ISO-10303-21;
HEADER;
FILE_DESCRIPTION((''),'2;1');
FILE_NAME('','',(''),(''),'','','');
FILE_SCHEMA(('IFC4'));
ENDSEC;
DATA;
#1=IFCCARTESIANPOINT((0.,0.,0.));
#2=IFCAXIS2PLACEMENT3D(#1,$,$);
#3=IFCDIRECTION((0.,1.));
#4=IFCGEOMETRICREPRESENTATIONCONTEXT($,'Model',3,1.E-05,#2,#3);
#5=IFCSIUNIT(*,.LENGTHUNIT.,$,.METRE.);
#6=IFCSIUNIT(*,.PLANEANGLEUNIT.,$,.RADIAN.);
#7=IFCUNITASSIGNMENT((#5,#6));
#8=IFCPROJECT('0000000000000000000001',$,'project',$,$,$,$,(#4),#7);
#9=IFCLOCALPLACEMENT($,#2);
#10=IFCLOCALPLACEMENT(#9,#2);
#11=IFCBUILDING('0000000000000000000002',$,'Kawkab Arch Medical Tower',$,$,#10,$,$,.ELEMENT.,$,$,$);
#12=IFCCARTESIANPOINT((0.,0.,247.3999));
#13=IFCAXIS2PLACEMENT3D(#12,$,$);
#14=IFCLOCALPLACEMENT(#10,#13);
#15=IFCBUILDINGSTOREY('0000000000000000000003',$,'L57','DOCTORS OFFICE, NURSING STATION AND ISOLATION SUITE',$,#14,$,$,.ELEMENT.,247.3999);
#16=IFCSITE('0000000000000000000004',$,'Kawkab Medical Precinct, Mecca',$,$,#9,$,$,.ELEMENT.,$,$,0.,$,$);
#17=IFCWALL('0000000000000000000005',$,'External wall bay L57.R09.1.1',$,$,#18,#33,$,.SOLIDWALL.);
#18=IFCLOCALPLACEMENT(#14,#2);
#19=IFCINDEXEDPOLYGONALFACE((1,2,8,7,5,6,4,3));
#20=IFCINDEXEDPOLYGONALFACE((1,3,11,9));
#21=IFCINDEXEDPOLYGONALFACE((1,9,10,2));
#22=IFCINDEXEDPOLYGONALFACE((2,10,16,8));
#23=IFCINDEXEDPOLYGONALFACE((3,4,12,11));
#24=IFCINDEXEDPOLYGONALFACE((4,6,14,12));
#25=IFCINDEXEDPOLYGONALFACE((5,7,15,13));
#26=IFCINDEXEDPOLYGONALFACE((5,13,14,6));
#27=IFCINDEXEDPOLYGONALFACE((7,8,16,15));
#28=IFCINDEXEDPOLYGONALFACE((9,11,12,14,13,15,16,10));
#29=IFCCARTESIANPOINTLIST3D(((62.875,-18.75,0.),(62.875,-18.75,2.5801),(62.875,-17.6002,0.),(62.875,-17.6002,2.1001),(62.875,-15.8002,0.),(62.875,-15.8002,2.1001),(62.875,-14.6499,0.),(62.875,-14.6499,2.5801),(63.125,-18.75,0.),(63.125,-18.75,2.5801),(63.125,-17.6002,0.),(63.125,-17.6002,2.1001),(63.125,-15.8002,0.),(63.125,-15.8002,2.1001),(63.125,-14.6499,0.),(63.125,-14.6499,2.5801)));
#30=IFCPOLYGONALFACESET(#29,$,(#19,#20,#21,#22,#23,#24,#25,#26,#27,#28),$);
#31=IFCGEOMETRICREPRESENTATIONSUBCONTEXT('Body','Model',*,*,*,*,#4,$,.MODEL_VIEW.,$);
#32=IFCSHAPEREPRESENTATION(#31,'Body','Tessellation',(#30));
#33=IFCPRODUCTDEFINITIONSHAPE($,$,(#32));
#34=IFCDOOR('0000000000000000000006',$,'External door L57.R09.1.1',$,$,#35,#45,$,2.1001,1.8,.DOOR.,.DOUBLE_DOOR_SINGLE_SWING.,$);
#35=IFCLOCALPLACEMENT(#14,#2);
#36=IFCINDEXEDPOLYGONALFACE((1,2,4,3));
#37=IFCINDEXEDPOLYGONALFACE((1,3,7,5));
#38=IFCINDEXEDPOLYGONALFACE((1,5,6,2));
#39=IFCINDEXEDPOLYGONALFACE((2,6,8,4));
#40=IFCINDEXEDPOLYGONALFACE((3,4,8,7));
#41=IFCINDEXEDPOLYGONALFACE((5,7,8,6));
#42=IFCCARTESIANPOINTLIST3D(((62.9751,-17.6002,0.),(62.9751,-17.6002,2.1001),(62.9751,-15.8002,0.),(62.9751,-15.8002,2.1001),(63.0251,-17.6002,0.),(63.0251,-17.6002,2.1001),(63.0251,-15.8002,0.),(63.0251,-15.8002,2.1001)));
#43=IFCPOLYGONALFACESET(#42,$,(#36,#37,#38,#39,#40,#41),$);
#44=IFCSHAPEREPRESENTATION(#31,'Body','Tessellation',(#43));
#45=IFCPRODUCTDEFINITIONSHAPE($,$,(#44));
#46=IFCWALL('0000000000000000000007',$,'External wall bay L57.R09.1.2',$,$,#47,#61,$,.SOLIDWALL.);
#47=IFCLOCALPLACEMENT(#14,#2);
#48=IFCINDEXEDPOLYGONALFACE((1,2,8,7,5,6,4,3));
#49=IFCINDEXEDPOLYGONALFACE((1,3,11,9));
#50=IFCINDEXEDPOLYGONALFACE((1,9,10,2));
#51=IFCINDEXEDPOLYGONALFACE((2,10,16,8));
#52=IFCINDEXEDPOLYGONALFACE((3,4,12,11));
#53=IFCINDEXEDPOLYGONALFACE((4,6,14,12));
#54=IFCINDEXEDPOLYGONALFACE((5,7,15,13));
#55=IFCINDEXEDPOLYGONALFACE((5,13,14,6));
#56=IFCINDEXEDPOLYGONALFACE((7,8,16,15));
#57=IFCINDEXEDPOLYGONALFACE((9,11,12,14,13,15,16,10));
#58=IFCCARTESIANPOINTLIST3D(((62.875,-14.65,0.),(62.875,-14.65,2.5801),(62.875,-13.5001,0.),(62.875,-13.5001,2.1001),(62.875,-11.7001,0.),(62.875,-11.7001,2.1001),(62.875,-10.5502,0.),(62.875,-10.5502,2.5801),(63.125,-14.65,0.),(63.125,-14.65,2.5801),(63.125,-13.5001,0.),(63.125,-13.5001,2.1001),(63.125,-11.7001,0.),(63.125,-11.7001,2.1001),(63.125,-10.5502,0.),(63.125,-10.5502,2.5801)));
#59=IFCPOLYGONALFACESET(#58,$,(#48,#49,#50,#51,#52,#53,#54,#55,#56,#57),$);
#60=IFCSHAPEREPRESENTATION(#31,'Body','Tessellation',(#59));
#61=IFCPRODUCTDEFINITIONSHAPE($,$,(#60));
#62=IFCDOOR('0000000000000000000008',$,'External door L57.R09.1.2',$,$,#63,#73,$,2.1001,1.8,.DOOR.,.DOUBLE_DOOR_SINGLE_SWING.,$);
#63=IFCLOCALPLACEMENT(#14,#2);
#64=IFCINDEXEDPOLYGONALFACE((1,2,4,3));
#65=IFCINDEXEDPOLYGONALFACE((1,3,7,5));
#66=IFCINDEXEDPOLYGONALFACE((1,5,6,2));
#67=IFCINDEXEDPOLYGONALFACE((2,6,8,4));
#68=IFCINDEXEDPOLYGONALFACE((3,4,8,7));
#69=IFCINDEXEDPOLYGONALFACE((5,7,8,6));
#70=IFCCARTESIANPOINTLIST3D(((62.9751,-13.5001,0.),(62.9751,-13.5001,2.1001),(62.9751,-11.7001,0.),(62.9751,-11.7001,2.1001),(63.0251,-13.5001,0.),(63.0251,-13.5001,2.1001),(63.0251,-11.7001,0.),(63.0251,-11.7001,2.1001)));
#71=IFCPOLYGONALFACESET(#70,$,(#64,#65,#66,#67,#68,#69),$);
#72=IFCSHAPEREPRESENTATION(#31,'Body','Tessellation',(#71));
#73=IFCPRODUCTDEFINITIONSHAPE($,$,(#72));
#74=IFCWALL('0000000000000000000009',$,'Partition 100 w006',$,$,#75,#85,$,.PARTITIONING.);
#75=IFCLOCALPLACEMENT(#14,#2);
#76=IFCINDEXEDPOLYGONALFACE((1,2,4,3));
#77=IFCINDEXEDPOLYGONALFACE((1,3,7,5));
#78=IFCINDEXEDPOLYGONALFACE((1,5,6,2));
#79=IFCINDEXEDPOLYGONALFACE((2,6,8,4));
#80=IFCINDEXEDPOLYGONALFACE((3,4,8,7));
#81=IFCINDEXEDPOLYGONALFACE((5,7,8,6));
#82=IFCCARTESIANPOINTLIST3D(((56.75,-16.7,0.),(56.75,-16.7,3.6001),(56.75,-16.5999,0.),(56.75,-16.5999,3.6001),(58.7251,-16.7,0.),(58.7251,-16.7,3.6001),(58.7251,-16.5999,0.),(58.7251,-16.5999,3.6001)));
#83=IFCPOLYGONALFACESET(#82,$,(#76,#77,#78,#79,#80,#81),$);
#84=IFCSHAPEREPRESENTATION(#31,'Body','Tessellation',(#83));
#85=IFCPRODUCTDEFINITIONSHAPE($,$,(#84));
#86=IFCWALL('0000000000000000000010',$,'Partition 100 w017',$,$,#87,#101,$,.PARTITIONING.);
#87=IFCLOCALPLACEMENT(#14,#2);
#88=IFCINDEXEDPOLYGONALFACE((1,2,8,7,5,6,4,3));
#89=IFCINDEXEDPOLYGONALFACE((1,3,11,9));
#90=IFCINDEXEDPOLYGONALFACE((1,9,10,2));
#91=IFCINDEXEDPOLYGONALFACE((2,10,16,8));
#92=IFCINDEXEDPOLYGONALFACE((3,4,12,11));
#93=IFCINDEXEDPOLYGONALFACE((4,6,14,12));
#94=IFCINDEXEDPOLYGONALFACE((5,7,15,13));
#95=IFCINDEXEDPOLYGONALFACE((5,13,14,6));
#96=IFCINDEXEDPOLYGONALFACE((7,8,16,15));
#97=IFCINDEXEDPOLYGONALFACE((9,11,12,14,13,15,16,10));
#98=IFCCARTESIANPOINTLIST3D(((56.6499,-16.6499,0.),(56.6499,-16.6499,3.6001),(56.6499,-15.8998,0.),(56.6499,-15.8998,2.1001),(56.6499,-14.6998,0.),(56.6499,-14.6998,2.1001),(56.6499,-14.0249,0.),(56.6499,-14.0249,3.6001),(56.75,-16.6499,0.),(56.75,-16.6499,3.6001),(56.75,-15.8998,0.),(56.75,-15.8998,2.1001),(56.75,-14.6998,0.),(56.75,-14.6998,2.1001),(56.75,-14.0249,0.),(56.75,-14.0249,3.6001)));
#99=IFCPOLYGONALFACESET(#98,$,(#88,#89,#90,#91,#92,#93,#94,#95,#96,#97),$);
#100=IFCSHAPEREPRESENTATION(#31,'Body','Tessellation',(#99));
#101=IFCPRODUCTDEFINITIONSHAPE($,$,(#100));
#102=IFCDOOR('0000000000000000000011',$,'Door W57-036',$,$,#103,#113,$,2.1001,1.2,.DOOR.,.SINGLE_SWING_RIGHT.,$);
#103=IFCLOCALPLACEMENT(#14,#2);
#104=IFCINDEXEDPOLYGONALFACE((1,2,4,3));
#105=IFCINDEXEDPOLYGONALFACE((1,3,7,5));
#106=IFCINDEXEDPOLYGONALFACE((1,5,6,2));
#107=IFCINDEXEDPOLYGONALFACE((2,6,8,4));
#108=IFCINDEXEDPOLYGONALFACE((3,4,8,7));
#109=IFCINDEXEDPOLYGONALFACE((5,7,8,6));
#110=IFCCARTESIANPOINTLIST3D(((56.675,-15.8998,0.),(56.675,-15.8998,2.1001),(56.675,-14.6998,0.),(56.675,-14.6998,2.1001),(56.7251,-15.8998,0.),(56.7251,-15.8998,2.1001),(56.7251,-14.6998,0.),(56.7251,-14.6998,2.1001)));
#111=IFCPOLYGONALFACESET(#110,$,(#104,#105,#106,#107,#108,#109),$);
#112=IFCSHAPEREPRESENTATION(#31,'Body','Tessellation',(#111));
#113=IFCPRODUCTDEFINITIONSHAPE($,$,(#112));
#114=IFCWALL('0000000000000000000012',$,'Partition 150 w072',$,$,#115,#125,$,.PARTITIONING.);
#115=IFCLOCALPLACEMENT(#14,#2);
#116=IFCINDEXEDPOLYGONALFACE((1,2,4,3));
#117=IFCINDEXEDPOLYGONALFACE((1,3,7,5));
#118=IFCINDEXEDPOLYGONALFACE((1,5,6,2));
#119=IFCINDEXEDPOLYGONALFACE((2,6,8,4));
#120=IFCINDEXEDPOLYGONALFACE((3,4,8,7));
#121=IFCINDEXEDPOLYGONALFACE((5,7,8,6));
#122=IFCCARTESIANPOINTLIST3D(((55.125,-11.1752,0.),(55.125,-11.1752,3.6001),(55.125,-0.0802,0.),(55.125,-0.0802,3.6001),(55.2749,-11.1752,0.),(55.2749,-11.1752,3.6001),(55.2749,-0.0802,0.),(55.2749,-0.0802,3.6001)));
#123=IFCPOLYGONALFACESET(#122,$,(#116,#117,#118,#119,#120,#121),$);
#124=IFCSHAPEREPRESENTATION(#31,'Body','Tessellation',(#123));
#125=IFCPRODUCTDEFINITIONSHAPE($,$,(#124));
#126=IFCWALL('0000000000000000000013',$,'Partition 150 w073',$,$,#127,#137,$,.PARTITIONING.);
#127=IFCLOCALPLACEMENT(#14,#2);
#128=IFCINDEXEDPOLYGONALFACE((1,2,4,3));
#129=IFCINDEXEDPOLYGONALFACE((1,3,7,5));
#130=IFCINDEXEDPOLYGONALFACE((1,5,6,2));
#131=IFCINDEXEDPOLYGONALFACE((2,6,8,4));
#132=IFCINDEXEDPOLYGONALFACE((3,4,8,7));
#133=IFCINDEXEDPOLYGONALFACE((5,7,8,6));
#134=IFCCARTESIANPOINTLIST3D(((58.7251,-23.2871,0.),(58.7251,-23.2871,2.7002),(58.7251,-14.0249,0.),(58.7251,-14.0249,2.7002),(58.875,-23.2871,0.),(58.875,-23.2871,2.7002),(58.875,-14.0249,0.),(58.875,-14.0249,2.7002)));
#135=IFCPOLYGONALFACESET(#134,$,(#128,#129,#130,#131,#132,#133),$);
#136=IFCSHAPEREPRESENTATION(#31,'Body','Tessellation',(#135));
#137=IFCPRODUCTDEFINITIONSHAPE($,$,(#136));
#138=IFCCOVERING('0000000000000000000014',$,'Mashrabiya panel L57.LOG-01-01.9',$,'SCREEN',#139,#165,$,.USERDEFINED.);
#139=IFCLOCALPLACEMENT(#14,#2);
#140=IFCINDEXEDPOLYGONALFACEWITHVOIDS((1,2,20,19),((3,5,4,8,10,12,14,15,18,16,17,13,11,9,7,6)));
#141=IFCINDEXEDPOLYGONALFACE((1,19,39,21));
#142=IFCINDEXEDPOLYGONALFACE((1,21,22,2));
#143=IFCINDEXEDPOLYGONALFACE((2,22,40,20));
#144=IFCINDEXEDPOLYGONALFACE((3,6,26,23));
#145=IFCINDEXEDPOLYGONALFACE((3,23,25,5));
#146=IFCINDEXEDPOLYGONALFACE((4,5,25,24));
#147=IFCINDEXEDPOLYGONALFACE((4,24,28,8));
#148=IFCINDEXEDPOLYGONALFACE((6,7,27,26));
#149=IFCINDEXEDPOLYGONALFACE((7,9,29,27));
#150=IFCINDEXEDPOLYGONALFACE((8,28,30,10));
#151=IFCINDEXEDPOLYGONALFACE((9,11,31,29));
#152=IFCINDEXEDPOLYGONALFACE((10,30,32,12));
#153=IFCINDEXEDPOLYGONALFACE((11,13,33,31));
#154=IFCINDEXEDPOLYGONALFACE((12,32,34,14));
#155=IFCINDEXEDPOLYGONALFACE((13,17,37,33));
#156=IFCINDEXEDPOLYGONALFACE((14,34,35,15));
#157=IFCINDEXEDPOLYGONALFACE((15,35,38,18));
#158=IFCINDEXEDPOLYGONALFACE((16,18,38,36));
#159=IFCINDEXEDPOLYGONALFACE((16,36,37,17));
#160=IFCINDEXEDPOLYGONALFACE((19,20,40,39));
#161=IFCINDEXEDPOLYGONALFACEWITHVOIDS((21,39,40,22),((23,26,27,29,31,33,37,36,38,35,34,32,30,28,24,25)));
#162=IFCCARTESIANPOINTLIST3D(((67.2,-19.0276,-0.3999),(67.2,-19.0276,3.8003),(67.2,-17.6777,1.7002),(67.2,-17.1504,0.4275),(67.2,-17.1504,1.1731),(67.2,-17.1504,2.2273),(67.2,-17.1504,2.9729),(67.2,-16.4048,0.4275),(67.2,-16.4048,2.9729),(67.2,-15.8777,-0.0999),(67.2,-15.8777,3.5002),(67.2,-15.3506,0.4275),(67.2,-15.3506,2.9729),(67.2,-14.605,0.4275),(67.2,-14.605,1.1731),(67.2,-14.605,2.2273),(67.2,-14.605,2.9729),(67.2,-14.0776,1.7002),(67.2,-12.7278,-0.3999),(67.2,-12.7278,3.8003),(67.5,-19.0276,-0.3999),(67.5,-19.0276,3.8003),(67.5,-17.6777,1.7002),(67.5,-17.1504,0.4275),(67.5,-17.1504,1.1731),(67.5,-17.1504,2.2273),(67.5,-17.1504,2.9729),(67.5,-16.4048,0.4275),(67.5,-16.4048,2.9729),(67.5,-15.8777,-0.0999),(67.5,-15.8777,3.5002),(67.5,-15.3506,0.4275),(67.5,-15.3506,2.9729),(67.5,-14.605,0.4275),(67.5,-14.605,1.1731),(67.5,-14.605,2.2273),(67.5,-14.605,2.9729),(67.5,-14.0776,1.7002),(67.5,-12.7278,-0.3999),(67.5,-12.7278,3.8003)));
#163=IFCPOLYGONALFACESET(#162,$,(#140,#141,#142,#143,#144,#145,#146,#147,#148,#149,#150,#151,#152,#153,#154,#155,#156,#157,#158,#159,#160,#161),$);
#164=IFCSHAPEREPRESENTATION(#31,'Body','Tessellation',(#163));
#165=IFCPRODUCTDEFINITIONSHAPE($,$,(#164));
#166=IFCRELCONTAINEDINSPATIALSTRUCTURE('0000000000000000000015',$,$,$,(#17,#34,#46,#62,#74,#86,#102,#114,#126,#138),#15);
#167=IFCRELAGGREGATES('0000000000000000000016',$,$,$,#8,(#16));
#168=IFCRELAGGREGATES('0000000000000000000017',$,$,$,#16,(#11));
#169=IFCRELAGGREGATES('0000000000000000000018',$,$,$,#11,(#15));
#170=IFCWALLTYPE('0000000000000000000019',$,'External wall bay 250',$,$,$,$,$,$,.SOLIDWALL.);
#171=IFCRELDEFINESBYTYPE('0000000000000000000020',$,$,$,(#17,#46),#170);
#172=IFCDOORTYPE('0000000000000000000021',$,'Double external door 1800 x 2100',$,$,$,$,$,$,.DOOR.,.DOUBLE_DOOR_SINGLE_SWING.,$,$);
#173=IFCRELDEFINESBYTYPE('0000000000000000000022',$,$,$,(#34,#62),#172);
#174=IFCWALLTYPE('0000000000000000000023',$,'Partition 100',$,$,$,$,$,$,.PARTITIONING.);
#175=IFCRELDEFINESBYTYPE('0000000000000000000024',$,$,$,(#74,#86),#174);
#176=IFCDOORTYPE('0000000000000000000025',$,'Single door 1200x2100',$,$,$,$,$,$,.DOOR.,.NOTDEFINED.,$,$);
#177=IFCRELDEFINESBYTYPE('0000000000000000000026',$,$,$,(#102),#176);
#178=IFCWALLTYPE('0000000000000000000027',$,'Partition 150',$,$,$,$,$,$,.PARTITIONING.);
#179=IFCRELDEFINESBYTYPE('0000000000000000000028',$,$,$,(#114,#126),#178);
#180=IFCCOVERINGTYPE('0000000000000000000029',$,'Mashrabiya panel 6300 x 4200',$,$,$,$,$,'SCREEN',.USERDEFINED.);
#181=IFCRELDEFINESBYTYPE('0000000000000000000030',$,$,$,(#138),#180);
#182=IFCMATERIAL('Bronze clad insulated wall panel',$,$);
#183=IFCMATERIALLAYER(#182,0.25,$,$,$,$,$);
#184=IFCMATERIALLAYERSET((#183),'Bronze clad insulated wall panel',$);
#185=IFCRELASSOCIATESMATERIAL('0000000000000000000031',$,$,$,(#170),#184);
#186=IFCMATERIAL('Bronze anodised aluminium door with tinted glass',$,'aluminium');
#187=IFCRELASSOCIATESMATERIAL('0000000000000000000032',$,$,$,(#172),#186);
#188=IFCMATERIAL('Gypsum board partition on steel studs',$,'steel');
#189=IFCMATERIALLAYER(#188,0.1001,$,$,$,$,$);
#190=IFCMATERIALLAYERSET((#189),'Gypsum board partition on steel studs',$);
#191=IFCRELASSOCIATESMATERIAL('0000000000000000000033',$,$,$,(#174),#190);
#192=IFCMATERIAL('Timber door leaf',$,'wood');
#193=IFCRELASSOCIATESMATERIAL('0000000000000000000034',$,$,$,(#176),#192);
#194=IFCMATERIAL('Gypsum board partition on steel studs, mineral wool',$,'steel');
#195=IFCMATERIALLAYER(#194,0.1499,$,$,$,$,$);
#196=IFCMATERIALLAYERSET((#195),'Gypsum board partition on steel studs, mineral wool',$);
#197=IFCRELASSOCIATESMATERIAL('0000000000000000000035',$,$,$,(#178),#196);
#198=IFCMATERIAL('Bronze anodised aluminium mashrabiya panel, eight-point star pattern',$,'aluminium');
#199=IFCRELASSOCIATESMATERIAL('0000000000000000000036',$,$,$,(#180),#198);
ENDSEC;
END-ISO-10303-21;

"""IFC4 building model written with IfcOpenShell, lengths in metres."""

from ifc_helpers import new_model, si_unit, direction, frame, frame_2d, origin, place, context, subcontext, project, spatial, polyline, rectangle, outline, extrude, material, layer, layer_set, material_profile, profile_set, type_object, element, fill, save


model = new_model("IFC4")

# Units and contexts
model_context = context("Model", 3, precision=1e-05, world=origin(), true_north=direction((0.0, 1.0)))
body_context = subcontext(model_context, "Body", "Model", "MODEL_VIEW")
ifc_project = project(units=[si_unit("LENGTHUNIT", "METRE"), si_unit("PLANEANGLEUNIT", "RADIAN")], contexts=[model_context])

# Site, building, storey
site_placement = place(None, origin())
site = spatial("IfcSite", under=ifc_project, at=site_placement, Name="Kawkab Medical Precinct, Mecca", CompositionType="ELEMENT", RefElevation=0.0)
building_placement = place(site_placement, origin())
building = spatial("IfcBuilding", under=site, at=building_placement, Name="Kawkab Arch Medical Tower", CompositionType="ELEMENT")
storey_placement = place(building_placement, frame((0.0, 0.0, 247.3999)))
storey = spatial("IfcBuildingStorey", under=building, at=storey_placement, Name="L57", Description="DOCTORS OFFICE, NURSING STATION AND ISOLATION SUITE", CompositionType="ELEMENT", Elevation=247.3999)

# Walls, openings, doors
ifc_material_1 = material(Name="Bronze clad insulated wall panel")
ifc_layer_1 = layer(ifc_material_1, 0.25)
ifc_layer_set_1 = layer_set([ifc_layer_1], Name="Bronze clad insulated wall panel")
wall_type_1 = type_object("IfcWallType", Name="External wall bay 250", PredefinedType="SOLIDWALL", material=ifc_layer_set_1)
wall_1_placement = place(storey_placement, frame((63.0, -18.75, 0.0), z_axis=(0.0, 0.0, 1.0), x_axis=(0.0, 1.0, 0.0)))
wall_1 = element("IfcWall", 1, at=wall_1_placement, inside=storey, type_object=wall_type_1, Name="External wall bay L57.R09.1.1", PredefinedType="SOLIDWALL", context=body_context, shape_type="SweptSolid", body=[
    extrude(rectangle(XDim=4.1001, YDim=0.25, at=frame_2d((2.05, 0.0))), origin(), (0.0, 0.0, 1.0), 2.5801),
])
opening_1_placement = place(wall_1_placement, frame((1.1499, 0.0, 0.0)))
opening_1 = element("IfcOpeningElement", 2, at=opening_1_placement, cuts=wall_1, PredefinedType="OPENING", context=body_context, shape_type="SweptSolid", body=[
    extrude(rectangle(XDim=1.8, YDim=2.1001, at=frame_2d((0.8999, 1.05))), frame((0.0, 0.135, 0.0), z_axis=(0.0, -1.0, 0.0), x_axis=(1.0, 0.0, 0.0)), (0.0, 0.0, 1.0), 0.27),
])
ifc_material_2 = material(Name="Bronze anodised aluminium door with tinted glass", Category="aluminium")
door_type_1 = type_object("IfcDoorType", Name="Double external door 1800 x 2100", OperationType="DOUBLE_DOOR_SINGLE_SWING", PredefinedType="DOOR", material=ifc_material_2)
door_1_placement = place(opening_1_placement, origin())
door_1 = element("IfcDoor", 3, at=door_1_placement, inside=storey, type_object=door_type_1, Name="External door L57.R09.1.1", OperationType="DOUBLE_DOOR_SINGLE_SWING", OverallHeight=2.1001, OverallWidth=1.8, PredefinedType="DOOR", context=body_context, shape_type="SweptSolid", body=[
    extrude(rectangle(XDim=1.8, YDim=2.1001, at=frame_2d((0.8999, 1.05))), frame((0.0, 0.0249, 0.0), z_axis=(0.0, -1.0, 0.0), x_axis=(1.0, 0.0, 0.0)), (0.0, 0.0, 1.0), 0.05),
])
fill(opening_1, door_1)
wall_2_placement = place(storey_placement, frame((63.0, -14.6499, 0.0), z_axis=(0.0, 0.0, 1.0), x_axis=(0.0, 1.0, 0.0)))
wall_2 = element("IfcWall", 4, at=wall_2_placement, inside=storey, type_object=wall_type_1, Name="External wall bay L57.R09.1.2", PredefinedType="SOLIDWALL", context=body_context, shape_type="SweptSolid", body=[
    extrude(rectangle(XDim=4.0999, YDim=0.25, at=frame_2d((2.0498, 0.0))), origin(), (0.0, 0.0, 1.0), 2.5801),
])
opening_2_placement = place(wall_2_placement, frame((1.1499, 0.0, 0.0)))
opening_2 = element("IfcOpeningElement", 5, at=opening_2_placement, cuts=wall_2, PredefinedType="OPENING", context=body_context, shape_type="SweptSolid", body=[
    extrude(rectangle(XDim=1.8, YDim=2.1001, at=frame_2d((0.8999, 1.05))), frame((0.0, 0.135, 0.0), z_axis=(0.0, -1.0, 0.0), x_axis=(1.0, 0.0, 0.0)), (0.0, 0.0, 1.0), 0.27),
])
door_2_placement = place(opening_2_placement, origin())
door_2 = element("IfcDoor", 6, at=door_2_placement, inside=storey, type_object=door_type_1, Name="External door L57.R09.1.2", OperationType="DOUBLE_DOOR_SINGLE_SWING", OverallHeight=2.1001, OverallWidth=1.8, PredefinedType="DOOR", context=body_context, shape_type="SweptSolid", body=[
    extrude(rectangle(XDim=1.8, YDim=2.1001, at=frame_2d((0.8999, 1.05))), frame((0.0, 0.0249, 0.0), z_axis=(0.0, -1.0, 0.0), x_axis=(1.0, 0.0, 0.0)), (0.0, 0.0, 1.0), 0.05),
])
fill(opening_2, door_2)

# Wall
ifc_material_3 = material(Name="Gypsum board partition on steel studs", Category="steel")
ifc_layer_2 = layer(ifc_material_3, 0.1001)
ifc_layer_set_2 = layer_set([ifc_layer_2], Name="Gypsum board partition on steel studs")
wall_type_2 = type_object("IfcWallType", Name="Partition 100", PredefinedType="PARTITIONING", material=ifc_layer_set_2)
wall_3_placement = place(storey_placement, frame((56.75, -16.6499, 0.0), z_axis=(0.0, 0.0, 1.0), x_axis=(1.0, 0.0, 0.0)))
element("IfcWall", 7, at=wall_3_placement, inside=storey, type_object=wall_type_2, Name="Partition 100 w006", PredefinedType="PARTITIONING", context=body_context, shape_type="SweptSolid", body=[
    extrude(rectangle(XDim=1.9751, YDim=0.1001, at=frame_2d((0.9875, 0.0))), origin(), (0.0, 0.0, 1.0), 3.6001),
])

# Wall, opening, door
wall_4_placement = place(storey_placement, frame((56.7, -16.6499, 0.0), z_axis=(0.0, 0.0, 1.0), x_axis=(0.0, 1.0, 0.0)))
wall_4 = element("IfcWall", 8, at=wall_4_placement, inside=storey, type_object=wall_type_2, Name="Partition 100 w017", PredefinedType="PARTITIONING", context=body_context, shape_type="SweptSolid", body=[
    extrude(rectangle(XDim=2.625, YDim=0.1001, at=frame_2d((1.3125, 0.0))), origin(), (0.0, 0.0, 1.0), 3.6001),
])
opening_3_placement = place(wall_4_placement, frame((0.75, 0.0, 0.0)))
opening_3 = element("IfcOpeningElement", 9, at=opening_3_placement, cuts=wall_4, PredefinedType="OPENING", context=body_context, shape_type="SweptSolid", body=[
    extrude(rectangle(XDim=1.2, YDim=2.1001, at=frame_2d((0.6001, 1.05))), frame((0.0, 0.0601, 0.0), z_axis=(0.0, -1.0, 0.0), x_axis=(1.0, 0.0, 0.0)), (0.0, 0.0, 1.0), 0.1201),
])
ifc_material_4 = material(Name="Timber door leaf", Category="wood")
door_type_2 = type_object("IfcDoorType", Name="Single door 1200x2100", OperationType="NOTDEFINED", PredefinedType="DOOR", material=ifc_material_4)
door_3_placement = place(opening_3_placement, origin())
door_3 = element("IfcDoor", 10, at=door_3_placement, inside=storey, type_object=door_type_2, Name="Door W57-036", OperationType="SINGLE_SWING_RIGHT", OverallHeight=2.1001, OverallWidth=1.2, PredefinedType="DOOR", context=body_context, shape_type="SweptSolid", body=[
    extrude(rectangle(XDim=1.2, YDim=2.1001, at=frame_2d((0.6001, 1.05))), frame((0.0, 0.0249, 0.0), z_axis=(0.0, -1.0, 0.0), x_axis=(1.0, 0.0, 0.0)), (0.0, 0.0, 1.0), 0.05),
])
fill(opening_3, door_3)

# Walls
ifc_material_5 = material(Name="Gypsum board partition on steel studs, mineral wool", Category="steel")
ifc_layer_3 = layer(ifc_material_5, 0.1499)
ifc_layer_set_3 = layer_set([ifc_layer_3], Name="Gypsum board partition on steel studs, mineral wool")
wall_type_3 = type_object("IfcWallType", Name="Partition 150", PredefinedType="PARTITIONING", material=ifc_layer_set_3)
wall_5_placement = place(storey_placement, frame((55.2, -11.175, 0.0), z_axis=(0.0, 0.0, 1.0), x_axis=(0.0, 1.0, 0.0)))
element("IfcWall", 11, at=wall_5_placement, inside=storey, type_object=wall_type_3, Name="Partition 150 w072", PredefinedType="PARTITIONING", context=body_context, shape_type="SweptSolid", body=[
    extrude(rectangle(XDim=11.095, YDim=0.1499, at=frame_2d((5.5474, 0.0))), origin(), (0.0, 0.0, 1.0), 3.6001),
])
wall_6_placement = place(storey_placement, frame((58.8, -23.2871, 0.0), z_axis=(0.0, 0.0, 1.0), x_axis=(0.0, 1.0, 0.0)))
element("IfcWall", 12, at=wall_6_placement, inside=storey, type_object=wall_type_3, Name="Partition 150 w073", PredefinedType="PARTITIONING", context=body_context, shape_type="SweptSolid", body=[
    extrude(rectangle(XDim=9.2622, YDim=0.1499, at=frame_2d((4.6311, 0.0))), origin(), (0.0, 0.0, 1.0), 2.7002),
])

# Covering
ifc_material_6 = material(Name="Bronze anodised aluminium mashrabiya panel, eight-point star pattern", Category="aluminium")
ifc_material_profile_1 = material_profile(ifc_material_6, outline(polyline([(-3.1499, -2.1001), (3.1499, -2.1001), (3.1499, 2.1001), (-3.1499, 2.1001), (-3.1499, -2.1001)]), holes=[polyline([(1.8, 0.0), (1.2727, 0.5271), (1.2727, 1.2727), (0.5271, 1.2727), (0.0, 1.8), (-0.5271, 1.2727), (-1.2727, 1.2727), (-1.2727, 0.5271), (-1.8, 0.0), (-1.2727, -0.5271), (-1.2727, -1.2727), (-0.5271, -1.2727), (0.0, -1.8), (0.5271, -1.2727), (1.2727, -1.2727), (1.2727, -0.5271), (1.8, 0.0)])]), Name="Mashrabiya panel 6300x4200")
ifc_profile_set_1 = profile_set([ifc_material_profile_1], Name="Bronze anodised aluminium mashrabiya panel, eight-point star pattern")
covering_type_1 = type_object("IfcCoveringType", Name="Mashrabiya panel 6300 x 4200", ElementType="SCREEN", PredefinedType="USERDEFINED", material=ifc_profile_set_1)
covering_1_placement = place(storey_placement, frame((67.2, -15.8777, 1.7002), z_axis=(1.0, 0.0, 0.0), x_axis=(0.0, 1.0, 0.0)))
element("IfcCovering", 13, at=covering_1_placement, inside=storey, type_object=covering_type_1, Name="Mashrabiya panel L57.LOG-01-01.9", ObjectType="SCREEN", PredefinedType="USERDEFINED", context=body_context, shape_type="SweptSolid", body=[
    extrude(outline(polyline([(-3.1499, -2.1001), (3.1499, -2.1001), (3.1499, 2.1001), (-3.1499, 2.1001), (-3.1499, -2.1001)]), holes=[polyline([(1.8, 0.0), (1.2727, 0.5271), (1.2727, 1.2727), (0.5271, 1.2727), (0.0, 1.8), (-0.5271, 1.2727), (-1.2727, 1.2727), (-1.2727, 0.5271), (-1.8, 0.0), (-1.2727, -0.5271), (-1.2727, -1.2727), (-0.5271, -1.2727), (0.0, -1.8), (0.5271, -1.2727), (1.2727, -1.2727), (1.2727, -0.5271), (1.8, 0.0)])]), origin(), (0.0, 0.0, 1.0), 0.3),
])

save(model, "model.ifc")
